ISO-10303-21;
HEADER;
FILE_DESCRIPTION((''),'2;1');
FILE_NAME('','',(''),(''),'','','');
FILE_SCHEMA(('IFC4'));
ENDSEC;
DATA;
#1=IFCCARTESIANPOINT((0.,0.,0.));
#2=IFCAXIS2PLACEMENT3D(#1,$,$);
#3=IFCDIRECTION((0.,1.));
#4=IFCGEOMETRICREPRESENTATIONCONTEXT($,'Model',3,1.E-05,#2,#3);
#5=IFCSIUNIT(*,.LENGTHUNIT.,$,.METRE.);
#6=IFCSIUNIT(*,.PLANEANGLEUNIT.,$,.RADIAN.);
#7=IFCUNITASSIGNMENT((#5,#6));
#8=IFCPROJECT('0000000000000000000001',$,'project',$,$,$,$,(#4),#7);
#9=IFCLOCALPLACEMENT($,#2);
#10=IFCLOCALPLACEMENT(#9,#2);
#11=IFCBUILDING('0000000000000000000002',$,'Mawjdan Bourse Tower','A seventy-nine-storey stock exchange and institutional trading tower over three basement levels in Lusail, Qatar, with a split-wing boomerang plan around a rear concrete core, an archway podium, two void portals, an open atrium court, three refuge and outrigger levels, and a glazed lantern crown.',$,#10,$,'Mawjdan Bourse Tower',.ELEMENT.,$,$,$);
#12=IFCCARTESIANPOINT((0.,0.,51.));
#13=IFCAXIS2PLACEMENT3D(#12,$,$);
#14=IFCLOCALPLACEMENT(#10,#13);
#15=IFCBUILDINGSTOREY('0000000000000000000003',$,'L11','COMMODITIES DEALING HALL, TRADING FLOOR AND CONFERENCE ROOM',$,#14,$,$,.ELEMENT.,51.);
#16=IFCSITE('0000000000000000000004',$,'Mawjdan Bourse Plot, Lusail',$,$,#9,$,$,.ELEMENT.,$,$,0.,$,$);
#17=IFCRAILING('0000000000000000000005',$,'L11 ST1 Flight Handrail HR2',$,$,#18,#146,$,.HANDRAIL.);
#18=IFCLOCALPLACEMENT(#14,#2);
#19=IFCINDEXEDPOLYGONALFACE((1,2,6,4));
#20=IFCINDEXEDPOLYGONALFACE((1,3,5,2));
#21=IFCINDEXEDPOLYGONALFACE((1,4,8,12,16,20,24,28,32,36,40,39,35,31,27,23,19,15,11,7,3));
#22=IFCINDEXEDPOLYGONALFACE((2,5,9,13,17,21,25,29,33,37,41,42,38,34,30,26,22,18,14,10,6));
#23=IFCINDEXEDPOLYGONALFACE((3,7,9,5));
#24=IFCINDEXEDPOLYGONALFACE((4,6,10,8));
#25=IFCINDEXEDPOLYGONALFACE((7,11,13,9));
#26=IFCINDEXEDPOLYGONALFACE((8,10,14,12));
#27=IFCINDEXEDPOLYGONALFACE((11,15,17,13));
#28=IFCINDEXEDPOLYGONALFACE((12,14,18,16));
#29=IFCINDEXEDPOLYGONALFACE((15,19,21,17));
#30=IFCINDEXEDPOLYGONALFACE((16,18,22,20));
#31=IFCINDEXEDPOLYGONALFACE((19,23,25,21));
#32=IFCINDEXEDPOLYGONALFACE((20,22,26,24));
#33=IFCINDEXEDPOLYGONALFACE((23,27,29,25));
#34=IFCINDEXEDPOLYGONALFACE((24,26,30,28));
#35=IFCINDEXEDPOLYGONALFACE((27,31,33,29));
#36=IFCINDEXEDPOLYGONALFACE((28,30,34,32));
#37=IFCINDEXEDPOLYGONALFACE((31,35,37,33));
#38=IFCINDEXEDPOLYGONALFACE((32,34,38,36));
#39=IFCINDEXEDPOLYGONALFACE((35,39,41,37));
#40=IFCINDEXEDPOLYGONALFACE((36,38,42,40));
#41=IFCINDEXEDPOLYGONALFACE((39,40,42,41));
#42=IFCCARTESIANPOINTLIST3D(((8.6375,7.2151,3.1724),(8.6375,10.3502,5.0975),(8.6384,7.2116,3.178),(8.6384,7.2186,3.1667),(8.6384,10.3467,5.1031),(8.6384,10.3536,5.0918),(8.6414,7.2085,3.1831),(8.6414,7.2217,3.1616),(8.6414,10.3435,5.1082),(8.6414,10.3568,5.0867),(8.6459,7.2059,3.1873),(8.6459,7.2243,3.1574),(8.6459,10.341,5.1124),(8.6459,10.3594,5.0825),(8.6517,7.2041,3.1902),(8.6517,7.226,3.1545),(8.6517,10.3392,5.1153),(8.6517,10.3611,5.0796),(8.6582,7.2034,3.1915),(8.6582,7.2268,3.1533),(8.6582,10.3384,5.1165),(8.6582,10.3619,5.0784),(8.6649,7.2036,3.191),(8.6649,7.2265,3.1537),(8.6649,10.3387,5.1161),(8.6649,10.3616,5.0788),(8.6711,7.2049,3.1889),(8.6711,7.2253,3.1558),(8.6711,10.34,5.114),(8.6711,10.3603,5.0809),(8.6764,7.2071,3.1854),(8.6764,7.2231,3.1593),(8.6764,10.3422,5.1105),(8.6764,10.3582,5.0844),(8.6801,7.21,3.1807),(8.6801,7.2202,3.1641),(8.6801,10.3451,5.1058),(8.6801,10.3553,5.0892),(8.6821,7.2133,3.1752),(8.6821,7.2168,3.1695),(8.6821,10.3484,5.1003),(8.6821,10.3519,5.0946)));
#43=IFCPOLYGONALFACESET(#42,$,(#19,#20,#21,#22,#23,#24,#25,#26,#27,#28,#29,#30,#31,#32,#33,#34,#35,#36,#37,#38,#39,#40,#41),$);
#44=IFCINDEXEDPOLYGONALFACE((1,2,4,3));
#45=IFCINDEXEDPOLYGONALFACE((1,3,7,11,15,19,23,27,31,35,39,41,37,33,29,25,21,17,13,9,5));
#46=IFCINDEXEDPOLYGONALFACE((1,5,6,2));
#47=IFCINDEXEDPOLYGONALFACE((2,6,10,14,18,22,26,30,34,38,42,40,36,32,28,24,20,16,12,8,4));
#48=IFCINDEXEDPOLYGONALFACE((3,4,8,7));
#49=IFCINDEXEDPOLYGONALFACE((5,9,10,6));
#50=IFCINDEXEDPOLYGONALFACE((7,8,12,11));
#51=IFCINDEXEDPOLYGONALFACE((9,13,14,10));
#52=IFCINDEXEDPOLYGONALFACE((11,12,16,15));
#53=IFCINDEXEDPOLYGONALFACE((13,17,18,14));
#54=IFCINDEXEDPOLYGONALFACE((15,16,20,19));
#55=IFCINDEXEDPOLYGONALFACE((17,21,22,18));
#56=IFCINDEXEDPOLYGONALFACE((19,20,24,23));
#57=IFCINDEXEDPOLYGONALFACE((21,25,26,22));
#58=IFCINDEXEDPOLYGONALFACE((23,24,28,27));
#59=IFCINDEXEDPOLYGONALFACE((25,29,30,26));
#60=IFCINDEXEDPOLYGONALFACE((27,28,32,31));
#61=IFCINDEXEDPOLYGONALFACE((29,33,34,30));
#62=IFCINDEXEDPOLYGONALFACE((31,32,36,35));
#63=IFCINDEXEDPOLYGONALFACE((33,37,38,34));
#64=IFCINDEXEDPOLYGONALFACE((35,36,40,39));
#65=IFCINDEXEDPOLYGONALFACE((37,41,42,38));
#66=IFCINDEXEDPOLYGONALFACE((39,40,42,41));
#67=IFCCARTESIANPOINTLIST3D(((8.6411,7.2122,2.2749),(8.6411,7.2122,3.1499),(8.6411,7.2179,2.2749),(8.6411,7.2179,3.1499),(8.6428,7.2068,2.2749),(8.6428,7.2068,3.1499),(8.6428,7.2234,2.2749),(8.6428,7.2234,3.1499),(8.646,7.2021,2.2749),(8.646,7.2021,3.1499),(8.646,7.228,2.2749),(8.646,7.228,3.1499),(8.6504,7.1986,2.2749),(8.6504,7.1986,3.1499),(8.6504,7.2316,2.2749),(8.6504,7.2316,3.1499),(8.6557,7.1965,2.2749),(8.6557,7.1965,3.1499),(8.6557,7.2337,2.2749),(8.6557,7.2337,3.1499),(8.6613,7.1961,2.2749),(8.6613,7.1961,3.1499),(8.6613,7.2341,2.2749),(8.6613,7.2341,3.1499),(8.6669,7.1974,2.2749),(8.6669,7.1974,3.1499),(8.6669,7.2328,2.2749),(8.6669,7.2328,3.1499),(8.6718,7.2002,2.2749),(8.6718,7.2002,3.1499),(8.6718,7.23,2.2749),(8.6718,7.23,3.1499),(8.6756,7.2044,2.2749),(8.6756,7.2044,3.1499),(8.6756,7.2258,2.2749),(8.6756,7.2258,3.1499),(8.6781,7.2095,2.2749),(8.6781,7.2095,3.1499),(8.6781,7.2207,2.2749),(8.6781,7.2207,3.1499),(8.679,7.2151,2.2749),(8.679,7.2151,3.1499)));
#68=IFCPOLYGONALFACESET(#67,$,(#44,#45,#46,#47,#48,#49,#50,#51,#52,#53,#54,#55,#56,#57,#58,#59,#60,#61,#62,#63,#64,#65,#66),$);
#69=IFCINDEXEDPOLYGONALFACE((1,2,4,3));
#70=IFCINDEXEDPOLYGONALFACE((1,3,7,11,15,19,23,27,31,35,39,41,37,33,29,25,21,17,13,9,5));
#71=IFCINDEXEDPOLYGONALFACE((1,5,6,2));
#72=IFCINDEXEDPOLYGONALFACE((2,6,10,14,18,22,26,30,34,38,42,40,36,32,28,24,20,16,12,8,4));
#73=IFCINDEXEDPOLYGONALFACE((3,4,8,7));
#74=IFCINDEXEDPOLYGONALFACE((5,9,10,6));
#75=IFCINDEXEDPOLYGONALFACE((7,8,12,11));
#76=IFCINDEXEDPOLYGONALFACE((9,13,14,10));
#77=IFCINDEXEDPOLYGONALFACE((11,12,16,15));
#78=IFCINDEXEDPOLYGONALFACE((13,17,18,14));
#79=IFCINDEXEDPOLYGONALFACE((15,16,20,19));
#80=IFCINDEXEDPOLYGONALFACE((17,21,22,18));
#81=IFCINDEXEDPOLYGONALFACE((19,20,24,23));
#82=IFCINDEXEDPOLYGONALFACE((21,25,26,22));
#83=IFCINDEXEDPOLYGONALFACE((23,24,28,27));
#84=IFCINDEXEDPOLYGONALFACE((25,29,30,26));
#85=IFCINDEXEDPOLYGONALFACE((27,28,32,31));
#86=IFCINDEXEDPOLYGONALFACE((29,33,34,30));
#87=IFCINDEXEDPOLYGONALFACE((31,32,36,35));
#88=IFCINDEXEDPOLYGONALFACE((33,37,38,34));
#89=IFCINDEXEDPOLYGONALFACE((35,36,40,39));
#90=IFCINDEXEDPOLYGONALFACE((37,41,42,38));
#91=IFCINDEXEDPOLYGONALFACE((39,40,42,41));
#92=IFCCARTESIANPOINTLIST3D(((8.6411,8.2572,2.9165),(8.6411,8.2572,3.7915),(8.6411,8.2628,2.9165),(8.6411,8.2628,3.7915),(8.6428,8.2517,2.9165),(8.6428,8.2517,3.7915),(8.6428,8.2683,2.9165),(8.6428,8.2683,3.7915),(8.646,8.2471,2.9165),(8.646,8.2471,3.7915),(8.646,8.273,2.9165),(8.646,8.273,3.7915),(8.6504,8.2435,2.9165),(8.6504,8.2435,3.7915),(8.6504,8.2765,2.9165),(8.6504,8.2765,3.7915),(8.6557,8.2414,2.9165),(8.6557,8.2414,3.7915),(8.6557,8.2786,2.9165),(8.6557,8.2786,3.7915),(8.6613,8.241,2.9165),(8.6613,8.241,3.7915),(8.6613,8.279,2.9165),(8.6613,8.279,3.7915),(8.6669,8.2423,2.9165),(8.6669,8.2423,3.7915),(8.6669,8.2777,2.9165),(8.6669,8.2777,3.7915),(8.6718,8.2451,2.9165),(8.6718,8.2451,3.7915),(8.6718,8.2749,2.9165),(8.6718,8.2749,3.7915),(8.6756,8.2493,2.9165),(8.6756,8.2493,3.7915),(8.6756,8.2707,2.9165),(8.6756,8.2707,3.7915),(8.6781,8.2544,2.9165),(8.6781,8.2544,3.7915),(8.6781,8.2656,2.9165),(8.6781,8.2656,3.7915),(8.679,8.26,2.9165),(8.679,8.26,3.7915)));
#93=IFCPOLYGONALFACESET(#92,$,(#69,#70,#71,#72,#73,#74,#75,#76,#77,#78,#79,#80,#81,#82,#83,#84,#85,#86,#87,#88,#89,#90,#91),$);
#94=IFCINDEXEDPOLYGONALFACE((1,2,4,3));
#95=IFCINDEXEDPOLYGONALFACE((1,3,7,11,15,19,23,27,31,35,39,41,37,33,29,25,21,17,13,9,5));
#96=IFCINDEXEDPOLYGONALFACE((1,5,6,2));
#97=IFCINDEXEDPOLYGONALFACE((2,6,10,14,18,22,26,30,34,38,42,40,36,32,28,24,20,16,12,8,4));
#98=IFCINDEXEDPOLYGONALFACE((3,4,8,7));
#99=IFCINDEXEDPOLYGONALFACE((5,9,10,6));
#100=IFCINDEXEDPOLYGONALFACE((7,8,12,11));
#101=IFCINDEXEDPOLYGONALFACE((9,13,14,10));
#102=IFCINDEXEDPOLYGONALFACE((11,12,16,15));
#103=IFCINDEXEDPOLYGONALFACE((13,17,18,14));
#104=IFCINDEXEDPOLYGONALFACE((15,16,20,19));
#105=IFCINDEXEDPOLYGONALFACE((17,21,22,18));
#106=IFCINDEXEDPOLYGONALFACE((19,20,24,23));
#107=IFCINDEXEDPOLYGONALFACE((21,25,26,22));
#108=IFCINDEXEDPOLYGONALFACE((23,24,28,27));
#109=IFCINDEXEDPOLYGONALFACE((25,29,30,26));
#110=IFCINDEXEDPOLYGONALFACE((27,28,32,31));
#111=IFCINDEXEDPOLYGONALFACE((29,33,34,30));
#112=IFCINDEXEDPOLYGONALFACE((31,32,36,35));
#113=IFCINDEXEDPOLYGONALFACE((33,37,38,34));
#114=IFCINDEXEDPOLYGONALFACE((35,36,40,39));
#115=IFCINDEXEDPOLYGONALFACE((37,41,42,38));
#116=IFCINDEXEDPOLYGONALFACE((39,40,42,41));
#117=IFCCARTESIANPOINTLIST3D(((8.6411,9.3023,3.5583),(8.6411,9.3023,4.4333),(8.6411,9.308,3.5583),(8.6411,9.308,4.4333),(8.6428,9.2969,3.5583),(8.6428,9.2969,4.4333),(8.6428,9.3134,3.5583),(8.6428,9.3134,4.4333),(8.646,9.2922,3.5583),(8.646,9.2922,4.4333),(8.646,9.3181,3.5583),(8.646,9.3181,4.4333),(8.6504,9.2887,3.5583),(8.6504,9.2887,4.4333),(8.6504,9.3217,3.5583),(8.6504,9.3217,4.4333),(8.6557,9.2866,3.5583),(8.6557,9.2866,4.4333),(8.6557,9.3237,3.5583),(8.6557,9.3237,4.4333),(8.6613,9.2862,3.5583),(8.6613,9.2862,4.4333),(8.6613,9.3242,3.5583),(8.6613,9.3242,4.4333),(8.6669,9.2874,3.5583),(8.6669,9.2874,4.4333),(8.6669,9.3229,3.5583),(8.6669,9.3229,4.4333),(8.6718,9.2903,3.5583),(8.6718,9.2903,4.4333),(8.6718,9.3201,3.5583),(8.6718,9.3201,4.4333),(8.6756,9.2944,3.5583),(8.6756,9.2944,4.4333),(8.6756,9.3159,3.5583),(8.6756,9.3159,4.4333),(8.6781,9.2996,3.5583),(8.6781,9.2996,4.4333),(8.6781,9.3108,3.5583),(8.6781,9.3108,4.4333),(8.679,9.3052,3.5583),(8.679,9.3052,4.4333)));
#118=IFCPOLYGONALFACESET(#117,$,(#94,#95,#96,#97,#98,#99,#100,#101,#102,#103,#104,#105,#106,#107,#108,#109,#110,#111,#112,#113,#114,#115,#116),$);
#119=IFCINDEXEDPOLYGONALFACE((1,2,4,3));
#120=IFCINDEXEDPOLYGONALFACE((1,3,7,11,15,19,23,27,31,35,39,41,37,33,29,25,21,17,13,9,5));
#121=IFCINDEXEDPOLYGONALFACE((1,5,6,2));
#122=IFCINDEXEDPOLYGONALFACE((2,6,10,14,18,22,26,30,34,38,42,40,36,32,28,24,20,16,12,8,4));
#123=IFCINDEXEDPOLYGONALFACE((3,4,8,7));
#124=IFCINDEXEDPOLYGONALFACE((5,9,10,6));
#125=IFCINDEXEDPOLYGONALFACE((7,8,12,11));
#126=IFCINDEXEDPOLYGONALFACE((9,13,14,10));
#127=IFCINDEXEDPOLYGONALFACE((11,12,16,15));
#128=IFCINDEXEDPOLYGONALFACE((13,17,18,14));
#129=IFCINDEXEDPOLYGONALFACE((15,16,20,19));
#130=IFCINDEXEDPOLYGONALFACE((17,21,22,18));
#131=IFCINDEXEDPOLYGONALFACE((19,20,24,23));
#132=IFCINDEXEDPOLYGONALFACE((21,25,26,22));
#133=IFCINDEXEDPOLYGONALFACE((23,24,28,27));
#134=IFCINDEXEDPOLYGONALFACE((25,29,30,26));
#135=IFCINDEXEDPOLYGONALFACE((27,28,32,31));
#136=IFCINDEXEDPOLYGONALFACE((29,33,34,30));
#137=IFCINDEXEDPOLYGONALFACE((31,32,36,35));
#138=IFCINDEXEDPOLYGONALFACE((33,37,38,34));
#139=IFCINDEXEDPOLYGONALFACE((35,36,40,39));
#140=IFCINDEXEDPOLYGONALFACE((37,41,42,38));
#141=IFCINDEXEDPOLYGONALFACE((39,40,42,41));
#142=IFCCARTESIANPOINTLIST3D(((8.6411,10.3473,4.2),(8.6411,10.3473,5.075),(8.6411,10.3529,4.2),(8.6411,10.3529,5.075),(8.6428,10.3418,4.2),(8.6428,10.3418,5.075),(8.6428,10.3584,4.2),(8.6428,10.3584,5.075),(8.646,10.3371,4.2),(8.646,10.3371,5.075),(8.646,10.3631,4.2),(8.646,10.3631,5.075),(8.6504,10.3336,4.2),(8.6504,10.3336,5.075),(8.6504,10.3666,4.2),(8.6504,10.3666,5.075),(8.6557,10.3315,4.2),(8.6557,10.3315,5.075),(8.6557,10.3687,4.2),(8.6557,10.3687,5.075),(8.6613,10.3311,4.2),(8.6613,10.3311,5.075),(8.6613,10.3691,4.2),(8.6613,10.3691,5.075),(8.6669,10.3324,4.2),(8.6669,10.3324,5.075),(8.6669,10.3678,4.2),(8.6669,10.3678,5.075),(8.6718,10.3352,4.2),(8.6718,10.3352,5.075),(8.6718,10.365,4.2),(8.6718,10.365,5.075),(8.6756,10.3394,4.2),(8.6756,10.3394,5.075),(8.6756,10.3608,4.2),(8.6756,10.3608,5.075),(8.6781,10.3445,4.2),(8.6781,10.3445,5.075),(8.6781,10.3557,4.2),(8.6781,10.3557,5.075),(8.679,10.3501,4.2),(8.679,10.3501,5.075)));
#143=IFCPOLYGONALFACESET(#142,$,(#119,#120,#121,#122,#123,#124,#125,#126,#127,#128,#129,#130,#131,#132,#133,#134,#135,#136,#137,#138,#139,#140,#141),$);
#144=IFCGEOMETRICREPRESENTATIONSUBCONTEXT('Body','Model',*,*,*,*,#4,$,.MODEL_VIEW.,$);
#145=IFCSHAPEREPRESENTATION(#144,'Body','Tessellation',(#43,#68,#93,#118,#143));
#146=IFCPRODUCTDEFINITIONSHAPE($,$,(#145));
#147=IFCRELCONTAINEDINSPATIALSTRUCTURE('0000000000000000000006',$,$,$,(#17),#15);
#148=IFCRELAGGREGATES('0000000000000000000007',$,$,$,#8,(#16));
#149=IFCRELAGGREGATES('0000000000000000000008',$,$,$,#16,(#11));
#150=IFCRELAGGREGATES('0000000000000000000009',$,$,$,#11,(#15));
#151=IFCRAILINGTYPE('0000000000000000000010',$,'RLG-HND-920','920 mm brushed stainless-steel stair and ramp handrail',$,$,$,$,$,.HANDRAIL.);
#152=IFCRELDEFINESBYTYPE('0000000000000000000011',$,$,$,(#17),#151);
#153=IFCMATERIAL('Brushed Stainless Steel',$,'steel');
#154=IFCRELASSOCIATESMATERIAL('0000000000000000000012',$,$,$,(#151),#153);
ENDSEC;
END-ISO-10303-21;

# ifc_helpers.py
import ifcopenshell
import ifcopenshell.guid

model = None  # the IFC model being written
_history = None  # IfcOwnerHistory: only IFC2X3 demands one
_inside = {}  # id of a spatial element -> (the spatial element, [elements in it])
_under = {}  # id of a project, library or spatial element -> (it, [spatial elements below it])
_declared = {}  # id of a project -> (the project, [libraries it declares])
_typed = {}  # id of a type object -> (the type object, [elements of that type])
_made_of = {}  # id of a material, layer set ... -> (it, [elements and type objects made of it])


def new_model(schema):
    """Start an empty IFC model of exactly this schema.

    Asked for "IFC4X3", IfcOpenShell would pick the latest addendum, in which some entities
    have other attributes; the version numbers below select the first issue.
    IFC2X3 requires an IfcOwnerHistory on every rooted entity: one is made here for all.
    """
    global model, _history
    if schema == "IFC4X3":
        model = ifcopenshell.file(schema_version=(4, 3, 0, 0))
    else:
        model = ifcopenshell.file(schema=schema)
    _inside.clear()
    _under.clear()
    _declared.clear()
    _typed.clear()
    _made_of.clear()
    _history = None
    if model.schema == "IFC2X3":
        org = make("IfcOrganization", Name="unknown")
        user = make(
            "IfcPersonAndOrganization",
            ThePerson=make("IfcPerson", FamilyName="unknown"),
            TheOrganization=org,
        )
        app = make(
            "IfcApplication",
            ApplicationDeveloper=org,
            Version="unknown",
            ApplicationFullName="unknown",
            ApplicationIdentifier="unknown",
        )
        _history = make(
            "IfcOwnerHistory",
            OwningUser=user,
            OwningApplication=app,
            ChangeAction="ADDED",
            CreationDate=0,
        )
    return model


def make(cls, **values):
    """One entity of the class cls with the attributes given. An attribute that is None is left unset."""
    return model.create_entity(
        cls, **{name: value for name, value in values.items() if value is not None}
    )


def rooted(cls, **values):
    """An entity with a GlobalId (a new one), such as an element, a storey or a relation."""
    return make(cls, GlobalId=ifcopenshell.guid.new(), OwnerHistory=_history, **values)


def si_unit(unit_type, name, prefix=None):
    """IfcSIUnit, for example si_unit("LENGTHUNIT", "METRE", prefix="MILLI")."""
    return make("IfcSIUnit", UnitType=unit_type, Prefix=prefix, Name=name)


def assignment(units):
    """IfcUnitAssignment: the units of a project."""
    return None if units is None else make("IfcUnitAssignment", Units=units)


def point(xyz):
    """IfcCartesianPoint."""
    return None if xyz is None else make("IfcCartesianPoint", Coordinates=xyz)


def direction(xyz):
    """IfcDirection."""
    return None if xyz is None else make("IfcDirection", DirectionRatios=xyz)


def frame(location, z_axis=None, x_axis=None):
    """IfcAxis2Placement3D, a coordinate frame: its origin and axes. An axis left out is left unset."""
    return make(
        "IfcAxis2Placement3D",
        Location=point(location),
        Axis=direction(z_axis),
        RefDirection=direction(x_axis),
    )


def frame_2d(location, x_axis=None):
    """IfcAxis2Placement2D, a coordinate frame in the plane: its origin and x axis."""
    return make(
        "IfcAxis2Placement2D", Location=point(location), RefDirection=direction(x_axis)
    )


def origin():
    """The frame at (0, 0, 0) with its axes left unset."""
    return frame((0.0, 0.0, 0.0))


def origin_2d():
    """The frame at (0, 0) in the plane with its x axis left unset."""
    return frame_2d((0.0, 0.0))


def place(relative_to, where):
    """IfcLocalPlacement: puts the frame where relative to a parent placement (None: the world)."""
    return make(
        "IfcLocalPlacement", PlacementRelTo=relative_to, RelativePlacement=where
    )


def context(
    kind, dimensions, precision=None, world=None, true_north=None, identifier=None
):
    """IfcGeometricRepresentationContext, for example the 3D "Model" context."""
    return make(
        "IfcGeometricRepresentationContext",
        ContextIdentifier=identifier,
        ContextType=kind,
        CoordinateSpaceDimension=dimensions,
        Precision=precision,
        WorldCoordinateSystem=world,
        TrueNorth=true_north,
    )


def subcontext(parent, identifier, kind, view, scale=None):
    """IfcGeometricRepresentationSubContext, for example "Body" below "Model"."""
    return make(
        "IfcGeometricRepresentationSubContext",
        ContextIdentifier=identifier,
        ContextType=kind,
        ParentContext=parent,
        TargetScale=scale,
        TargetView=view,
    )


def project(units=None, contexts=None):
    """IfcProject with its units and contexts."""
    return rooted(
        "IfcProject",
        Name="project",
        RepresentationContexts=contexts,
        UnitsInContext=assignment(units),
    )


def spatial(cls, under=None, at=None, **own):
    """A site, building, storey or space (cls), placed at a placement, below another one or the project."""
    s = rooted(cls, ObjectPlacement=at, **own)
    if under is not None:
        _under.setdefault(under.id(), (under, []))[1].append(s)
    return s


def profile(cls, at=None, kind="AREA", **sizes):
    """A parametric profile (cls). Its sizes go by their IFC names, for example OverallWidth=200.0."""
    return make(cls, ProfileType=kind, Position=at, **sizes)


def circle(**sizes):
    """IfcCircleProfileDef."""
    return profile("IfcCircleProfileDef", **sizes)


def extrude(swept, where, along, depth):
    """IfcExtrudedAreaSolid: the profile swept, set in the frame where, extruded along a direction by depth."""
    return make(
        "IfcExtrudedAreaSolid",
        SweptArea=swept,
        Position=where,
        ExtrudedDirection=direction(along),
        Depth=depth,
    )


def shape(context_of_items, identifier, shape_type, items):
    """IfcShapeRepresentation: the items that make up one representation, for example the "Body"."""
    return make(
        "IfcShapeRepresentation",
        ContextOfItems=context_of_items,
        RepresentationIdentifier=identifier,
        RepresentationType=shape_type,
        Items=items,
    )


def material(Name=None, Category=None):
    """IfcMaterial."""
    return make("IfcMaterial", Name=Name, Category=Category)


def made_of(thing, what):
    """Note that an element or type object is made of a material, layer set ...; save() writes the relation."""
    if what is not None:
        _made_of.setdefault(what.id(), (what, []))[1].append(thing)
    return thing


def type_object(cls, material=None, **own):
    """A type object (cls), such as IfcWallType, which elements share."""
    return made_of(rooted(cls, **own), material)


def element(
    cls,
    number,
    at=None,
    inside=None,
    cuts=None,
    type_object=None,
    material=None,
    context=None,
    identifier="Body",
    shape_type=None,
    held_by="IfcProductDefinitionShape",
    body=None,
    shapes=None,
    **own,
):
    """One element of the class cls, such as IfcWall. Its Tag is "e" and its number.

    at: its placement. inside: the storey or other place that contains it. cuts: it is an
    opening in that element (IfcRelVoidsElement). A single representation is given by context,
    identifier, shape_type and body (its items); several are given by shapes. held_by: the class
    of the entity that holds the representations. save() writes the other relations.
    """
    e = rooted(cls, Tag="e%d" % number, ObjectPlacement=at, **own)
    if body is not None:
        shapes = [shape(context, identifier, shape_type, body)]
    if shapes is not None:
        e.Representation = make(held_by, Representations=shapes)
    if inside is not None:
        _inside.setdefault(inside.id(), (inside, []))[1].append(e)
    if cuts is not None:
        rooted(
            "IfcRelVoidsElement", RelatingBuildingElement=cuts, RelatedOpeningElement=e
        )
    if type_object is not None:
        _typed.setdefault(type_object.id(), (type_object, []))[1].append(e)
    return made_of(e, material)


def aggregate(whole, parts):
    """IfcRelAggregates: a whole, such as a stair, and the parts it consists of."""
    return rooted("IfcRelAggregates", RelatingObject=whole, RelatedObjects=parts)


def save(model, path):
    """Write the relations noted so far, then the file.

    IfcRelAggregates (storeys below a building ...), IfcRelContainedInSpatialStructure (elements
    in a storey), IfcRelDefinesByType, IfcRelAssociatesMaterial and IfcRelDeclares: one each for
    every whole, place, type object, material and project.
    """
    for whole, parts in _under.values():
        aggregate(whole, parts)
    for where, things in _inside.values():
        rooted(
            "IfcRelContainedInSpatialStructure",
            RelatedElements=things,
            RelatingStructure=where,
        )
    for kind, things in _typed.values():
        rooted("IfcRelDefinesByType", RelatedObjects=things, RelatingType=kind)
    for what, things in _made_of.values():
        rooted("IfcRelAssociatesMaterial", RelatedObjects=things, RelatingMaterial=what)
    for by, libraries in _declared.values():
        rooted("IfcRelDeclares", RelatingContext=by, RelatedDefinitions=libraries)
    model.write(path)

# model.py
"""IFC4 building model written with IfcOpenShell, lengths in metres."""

from ifc_helpers import new_model, si_unit, direction, frame, origin, origin_2d, place, context, subcontext, project, spatial, circle, extrude, material, type_object, element, save


model = new_model("IFC4")

# Units and contexts
model_context = context("Model", 3, precision=1e-05, world=origin(), true_north=direction((0.0, 1.0)))
body_context = subcontext(model_context, "Body", "Model", "MODEL_VIEW")
ifc_project = project(units=[si_unit("LENGTHUNIT", "METRE"), si_unit("PLANEANGLEUNIT", "RADIAN")], contexts=[model_context])

# Site, building, storey
site_placement = place(None, origin())
site = spatial("IfcSite", under=ifc_project, at=site_placement, Name="Mawjdan Bourse Plot, Lusail", CompositionType="ELEMENT", RefElevation=0.0)
building_placement = place(site_placement, origin())
building = spatial("IfcBuilding", under=site, at=building_placement, Name="Mawjdan Bourse Tower", Description="A seventy-nine-storey stock exchange and institutional trading tower over three basement levels in Lusail, Qatar, with a split-wing boomerang plan around a rear concrete core, an archway podium, two void portals, an open atrium court, three refuge and outrigger levels, and a glazed lantern crown.", LongName="Mawjdan Bourse Tower", CompositionType="ELEMENT")
storey_placement = place(building_placement, frame((0.0, 0.0, 51.0)))
storey = spatial("IfcBuildingStorey", under=building, at=storey_placement, Name="L11", Description="COMMODITIES DEALING HALL, TRADING FLOOR AND CONFERENCE ROOM", CompositionType="ELEMENT", Elevation=51.0)

# Railing
ifc_material_1 = material(Name="Brushed Stainless Steel", Category="steel")
railing_type_1 = type_object("IfcRailingType", Name="RLG-HND-920", Description="920 mm brushed stainless-steel stair and ramp handrail", PredefinedType="HANDRAIL", material=ifc_material_1)
railing_1_placement = place(storey_placement, frame((8.6599, 7.2151, 2.2749)))
element("IfcRailing", 1, at=railing_1_placement, inside=storey, type_object=railing_type_1, Name="L11 ST1 Flight Handrail HR2", PredefinedType="HANDRAIL", context=body_context, shape_type="SweptSolid", body=[
    extrude(circle(Radius=0.0225, at=origin_2d()), frame((0.0, 0.0, 0.8975), z_axis=(0.0, 0.852166, 0.523271), x_axis=(-1.0, 0.0, 0.0)), (0.0, 0.0, 1.0), 3.679),
    extrude(circle(Radius=0.019, at=origin_2d()), origin(), (0.0, 0.0, 1.0), 0.875),
    extrude(circle(Radius=0.019, at=origin_2d()), frame((0.0, 1.0449, 0.6416)), (0.0, 0.0, 1.0), 0.875),
    extrude(circle(Radius=0.019, at=origin_2d()), frame((0.0, 2.0901, 1.2834)), (0.0, 0.0, 1.0), 0.875),
    extrude(circle(Radius=0.019, at=origin_2d()), frame((0.0, 3.135, 1.925)), (0.0, 0.0, 1.0), 0.875),
])

save(model, "model.ifc")
